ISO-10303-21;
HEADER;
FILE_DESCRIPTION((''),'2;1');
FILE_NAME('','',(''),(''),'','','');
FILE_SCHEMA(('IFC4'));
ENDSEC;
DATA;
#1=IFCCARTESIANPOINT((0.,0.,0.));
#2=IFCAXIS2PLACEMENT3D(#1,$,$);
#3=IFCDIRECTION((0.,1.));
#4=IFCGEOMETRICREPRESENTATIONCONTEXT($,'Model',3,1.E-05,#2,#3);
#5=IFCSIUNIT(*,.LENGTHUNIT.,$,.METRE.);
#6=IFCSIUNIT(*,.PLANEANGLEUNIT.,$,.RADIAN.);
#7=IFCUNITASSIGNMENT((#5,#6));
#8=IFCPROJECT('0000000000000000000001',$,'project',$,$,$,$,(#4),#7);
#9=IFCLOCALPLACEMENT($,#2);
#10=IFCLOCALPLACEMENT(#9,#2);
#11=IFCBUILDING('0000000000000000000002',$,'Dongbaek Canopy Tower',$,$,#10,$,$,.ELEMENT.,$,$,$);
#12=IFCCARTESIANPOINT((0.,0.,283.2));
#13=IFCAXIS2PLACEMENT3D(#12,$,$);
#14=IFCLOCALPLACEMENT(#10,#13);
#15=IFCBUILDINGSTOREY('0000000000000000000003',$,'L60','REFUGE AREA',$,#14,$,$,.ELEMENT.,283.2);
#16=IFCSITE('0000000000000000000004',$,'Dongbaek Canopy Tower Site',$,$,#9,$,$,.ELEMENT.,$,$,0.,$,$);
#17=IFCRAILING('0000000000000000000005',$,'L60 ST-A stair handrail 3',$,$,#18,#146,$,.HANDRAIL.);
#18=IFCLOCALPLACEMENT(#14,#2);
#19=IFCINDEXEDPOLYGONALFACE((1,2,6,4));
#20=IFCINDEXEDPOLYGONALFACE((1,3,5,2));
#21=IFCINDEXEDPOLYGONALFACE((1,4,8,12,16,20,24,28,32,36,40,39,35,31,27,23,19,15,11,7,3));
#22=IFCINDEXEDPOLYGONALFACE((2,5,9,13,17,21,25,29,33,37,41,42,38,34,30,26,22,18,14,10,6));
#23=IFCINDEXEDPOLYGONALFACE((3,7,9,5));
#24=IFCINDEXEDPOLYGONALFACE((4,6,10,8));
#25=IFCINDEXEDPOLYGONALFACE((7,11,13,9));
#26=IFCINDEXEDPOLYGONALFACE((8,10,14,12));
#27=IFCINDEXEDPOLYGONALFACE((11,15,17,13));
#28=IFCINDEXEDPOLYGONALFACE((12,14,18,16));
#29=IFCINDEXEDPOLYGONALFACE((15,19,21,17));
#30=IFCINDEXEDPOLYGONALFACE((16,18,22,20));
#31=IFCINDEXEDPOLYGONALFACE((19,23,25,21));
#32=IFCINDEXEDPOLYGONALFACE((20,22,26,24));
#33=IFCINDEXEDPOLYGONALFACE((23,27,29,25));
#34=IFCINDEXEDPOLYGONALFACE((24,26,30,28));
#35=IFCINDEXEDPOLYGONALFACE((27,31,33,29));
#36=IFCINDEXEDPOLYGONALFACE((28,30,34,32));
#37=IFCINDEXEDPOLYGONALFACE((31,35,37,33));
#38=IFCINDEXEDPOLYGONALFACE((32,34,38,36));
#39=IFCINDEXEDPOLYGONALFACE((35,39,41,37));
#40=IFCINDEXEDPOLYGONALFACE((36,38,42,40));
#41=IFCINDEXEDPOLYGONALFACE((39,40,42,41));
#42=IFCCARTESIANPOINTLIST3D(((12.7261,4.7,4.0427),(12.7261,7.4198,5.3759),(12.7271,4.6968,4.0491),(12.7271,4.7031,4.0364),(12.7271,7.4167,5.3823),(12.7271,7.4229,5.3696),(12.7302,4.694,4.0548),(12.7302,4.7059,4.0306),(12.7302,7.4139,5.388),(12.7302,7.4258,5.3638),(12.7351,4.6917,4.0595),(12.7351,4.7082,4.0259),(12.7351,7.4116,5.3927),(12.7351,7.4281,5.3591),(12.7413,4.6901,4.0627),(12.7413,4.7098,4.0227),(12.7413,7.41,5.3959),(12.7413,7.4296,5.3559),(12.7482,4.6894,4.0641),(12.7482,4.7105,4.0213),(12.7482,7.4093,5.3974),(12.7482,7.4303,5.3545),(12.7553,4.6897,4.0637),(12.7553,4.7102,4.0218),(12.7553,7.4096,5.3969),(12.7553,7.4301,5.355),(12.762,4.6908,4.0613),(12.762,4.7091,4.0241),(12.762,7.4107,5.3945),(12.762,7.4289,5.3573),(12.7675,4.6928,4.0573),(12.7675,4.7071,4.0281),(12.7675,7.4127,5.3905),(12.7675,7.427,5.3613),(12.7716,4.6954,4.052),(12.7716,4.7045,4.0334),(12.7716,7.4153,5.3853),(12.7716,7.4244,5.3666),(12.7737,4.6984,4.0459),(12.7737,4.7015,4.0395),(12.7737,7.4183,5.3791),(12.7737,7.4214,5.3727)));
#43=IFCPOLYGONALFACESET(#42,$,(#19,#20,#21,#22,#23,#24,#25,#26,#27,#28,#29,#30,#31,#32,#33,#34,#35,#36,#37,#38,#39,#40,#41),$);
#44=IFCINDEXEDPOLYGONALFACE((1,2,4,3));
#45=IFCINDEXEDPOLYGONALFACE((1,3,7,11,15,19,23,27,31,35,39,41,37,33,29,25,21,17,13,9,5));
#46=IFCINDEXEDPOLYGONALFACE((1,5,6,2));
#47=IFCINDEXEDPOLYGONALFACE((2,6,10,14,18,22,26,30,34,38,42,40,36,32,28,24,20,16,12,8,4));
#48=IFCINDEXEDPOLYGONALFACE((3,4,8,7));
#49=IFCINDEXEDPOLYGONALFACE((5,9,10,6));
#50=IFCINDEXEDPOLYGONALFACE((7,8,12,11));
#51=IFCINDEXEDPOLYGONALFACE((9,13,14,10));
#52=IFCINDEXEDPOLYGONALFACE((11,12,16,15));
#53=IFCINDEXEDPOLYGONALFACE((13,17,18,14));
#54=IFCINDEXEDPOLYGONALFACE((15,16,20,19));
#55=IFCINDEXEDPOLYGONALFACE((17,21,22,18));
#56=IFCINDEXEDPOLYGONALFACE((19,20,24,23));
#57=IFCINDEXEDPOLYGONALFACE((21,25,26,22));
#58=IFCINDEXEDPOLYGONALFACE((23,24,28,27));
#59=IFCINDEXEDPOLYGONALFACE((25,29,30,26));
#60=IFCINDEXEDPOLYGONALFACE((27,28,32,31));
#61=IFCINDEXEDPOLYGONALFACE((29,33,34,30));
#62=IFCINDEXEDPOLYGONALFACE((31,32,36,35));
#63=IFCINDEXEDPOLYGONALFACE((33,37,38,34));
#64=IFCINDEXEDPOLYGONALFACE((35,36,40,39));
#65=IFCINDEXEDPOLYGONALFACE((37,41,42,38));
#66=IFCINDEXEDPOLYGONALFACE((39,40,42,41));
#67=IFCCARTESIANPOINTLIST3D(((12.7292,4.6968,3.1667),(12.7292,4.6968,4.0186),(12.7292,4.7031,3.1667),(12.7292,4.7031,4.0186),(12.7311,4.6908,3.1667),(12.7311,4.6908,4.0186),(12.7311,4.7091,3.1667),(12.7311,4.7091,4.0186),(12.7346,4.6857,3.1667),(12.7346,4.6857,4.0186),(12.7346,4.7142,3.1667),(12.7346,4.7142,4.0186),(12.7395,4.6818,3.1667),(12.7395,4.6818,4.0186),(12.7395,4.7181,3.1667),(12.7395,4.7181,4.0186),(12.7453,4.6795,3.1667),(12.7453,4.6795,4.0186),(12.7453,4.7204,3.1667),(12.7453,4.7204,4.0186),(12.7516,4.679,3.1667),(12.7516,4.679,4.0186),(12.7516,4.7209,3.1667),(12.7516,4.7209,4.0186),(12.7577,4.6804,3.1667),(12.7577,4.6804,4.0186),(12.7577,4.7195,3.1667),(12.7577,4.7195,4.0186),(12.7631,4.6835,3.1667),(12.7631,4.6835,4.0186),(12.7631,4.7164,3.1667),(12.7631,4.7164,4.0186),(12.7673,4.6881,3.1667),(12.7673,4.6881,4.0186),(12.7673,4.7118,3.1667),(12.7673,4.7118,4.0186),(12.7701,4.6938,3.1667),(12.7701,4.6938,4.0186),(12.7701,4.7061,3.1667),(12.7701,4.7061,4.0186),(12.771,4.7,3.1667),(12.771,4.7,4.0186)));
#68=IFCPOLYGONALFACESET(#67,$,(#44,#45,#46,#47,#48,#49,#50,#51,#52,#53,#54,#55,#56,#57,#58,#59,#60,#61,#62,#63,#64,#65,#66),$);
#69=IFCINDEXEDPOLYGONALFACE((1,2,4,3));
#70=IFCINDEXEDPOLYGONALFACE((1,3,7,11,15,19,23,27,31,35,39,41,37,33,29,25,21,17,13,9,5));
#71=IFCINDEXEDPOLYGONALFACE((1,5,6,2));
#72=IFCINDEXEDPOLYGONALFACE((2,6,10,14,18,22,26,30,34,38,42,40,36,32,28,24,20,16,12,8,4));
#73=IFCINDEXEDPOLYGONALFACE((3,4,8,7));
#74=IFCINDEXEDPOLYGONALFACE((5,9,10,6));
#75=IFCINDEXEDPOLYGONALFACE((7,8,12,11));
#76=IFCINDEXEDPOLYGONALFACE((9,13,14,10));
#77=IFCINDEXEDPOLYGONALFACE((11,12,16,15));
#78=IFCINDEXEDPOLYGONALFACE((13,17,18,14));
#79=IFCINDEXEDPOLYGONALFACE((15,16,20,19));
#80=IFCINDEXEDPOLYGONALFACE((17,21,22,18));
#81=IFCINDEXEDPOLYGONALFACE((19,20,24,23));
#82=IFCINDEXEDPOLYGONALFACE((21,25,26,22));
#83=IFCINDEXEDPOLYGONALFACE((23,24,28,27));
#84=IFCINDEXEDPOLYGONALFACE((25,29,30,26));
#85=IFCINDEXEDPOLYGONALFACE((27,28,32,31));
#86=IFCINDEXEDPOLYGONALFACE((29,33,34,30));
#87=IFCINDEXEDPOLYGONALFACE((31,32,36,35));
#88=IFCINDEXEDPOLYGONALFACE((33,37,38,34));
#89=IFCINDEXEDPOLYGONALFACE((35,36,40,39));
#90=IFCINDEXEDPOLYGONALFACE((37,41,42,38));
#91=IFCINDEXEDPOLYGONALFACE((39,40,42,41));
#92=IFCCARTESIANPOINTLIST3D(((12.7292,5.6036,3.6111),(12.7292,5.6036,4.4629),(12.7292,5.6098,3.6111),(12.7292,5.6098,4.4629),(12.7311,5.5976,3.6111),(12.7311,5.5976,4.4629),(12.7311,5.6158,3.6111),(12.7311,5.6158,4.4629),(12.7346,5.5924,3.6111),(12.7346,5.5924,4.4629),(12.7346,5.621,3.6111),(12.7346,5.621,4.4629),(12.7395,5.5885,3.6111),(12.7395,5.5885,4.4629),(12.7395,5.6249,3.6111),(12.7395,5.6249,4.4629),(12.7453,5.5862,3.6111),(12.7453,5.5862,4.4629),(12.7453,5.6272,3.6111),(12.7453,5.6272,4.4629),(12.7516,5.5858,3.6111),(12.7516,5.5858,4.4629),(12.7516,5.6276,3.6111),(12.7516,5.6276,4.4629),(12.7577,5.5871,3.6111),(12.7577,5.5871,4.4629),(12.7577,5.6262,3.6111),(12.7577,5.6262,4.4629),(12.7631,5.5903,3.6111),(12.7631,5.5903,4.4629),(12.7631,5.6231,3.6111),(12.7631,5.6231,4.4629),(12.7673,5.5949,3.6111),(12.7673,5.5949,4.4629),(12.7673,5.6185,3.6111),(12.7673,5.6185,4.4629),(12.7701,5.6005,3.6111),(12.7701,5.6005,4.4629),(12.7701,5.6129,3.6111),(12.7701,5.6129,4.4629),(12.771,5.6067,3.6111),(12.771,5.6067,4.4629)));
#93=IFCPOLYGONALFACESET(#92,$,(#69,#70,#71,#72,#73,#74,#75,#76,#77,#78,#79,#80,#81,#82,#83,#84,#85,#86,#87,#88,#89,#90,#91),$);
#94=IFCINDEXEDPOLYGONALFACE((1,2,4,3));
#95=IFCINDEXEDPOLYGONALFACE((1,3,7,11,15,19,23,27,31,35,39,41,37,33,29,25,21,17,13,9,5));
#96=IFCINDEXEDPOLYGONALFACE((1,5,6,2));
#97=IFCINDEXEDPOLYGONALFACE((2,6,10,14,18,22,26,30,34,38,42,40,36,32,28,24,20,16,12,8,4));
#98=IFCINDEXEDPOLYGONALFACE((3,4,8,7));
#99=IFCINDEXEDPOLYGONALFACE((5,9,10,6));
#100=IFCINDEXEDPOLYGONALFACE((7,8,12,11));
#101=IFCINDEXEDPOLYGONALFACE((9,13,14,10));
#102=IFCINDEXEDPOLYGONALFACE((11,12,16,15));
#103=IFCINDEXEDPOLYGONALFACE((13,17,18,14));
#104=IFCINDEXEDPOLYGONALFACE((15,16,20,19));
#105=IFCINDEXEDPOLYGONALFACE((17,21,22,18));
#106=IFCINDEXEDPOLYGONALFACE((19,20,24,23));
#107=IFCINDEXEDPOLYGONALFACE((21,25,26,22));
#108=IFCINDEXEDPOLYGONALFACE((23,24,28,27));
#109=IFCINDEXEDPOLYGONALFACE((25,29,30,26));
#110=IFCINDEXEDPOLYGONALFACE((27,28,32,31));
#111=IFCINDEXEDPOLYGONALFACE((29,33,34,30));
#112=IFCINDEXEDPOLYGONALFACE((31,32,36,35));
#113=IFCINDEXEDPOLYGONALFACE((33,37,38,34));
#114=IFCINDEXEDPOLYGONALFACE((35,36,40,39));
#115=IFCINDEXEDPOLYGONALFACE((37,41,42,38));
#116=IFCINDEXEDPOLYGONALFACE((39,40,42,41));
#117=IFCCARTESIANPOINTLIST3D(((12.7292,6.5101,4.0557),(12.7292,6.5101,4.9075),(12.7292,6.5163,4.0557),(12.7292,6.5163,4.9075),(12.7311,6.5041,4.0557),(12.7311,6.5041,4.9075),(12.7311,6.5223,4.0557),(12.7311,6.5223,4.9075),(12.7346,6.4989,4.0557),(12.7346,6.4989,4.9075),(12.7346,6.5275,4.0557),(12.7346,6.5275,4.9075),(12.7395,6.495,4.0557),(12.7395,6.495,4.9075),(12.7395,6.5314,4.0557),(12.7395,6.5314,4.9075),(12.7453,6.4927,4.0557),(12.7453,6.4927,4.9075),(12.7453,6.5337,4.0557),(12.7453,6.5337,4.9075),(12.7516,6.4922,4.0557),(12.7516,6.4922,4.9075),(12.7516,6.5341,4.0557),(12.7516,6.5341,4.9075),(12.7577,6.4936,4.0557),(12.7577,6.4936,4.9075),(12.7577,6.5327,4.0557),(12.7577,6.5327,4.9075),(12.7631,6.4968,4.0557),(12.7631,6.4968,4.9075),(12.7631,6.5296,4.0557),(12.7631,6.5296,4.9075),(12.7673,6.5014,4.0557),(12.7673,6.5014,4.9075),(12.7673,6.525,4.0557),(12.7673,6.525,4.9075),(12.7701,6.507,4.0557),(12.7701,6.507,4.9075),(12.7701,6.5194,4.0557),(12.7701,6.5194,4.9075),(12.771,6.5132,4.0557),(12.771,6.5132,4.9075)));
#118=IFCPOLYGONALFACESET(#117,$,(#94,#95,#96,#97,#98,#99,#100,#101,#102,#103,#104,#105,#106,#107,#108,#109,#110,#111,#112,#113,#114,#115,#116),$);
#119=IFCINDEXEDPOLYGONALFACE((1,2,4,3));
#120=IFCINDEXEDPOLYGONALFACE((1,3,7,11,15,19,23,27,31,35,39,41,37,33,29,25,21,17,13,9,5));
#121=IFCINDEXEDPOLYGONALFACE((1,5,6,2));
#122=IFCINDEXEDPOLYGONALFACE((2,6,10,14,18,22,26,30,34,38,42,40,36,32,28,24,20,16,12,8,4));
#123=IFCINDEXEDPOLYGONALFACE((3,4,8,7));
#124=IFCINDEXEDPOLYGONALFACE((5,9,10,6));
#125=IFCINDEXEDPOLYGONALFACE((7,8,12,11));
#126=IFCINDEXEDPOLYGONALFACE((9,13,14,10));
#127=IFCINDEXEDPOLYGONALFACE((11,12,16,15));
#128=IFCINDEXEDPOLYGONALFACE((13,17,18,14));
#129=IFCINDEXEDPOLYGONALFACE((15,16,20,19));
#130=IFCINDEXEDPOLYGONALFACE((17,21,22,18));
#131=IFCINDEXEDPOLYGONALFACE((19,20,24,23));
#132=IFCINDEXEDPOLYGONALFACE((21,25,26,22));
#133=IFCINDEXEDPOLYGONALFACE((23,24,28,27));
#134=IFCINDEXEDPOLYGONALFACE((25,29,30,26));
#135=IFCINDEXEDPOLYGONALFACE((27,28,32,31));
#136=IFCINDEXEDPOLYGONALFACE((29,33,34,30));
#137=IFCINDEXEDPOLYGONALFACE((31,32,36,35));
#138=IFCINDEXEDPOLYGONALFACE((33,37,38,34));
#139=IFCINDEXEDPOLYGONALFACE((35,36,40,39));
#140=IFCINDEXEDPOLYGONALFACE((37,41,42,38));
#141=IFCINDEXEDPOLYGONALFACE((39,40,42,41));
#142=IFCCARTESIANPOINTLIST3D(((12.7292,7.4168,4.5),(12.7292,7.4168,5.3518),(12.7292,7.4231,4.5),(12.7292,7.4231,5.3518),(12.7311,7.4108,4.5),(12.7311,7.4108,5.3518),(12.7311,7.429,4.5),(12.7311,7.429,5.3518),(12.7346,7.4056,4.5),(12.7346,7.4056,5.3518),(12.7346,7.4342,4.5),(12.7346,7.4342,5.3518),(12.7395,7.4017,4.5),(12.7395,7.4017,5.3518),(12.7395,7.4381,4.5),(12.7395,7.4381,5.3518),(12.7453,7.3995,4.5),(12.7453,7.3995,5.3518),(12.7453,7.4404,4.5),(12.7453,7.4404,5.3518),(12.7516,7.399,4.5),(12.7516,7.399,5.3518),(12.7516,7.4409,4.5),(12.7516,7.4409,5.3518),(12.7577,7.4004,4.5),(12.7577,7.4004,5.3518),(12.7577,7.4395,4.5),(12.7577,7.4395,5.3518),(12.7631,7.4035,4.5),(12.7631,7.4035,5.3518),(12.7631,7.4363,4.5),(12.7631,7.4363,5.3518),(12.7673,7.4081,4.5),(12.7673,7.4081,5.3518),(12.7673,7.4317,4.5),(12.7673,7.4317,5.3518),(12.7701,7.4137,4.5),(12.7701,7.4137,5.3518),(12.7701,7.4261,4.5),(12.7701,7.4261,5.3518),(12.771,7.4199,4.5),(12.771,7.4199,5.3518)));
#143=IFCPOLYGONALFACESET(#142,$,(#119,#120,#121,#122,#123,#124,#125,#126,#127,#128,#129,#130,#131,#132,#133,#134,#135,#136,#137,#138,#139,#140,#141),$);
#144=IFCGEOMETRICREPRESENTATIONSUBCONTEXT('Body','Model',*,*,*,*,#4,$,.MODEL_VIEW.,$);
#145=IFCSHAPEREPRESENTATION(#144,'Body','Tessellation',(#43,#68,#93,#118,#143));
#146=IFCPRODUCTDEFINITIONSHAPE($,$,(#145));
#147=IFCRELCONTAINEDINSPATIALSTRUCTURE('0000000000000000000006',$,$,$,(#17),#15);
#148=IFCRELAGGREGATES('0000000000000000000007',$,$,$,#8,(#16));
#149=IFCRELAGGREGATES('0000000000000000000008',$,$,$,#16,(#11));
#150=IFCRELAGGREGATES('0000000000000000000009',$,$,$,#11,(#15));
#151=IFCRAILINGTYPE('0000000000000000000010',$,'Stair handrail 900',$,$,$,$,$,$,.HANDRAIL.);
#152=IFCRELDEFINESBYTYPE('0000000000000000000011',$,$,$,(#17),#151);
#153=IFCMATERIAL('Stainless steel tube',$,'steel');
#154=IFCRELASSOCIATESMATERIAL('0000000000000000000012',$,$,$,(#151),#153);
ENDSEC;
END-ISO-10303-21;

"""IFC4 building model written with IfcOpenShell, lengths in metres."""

from ifc_helpers import new_model, si_unit, direction, frame, origin, origin_2d, place, context, subcontext, project, spatial, circle, extrude, material, type_object, element, save


model = new_model("IFC4")

# Units and contexts
model_context = context("Model", 3, precision=1e-05, world=origin(), true_north=direction((0.0, 1.0)))
body_context = subcontext(model_context, "Body", "Model", "MODEL_VIEW")
ifc_project = project(units=[si_unit("LENGTHUNIT", "METRE"), si_unit("PLANEANGLEUNIT", "RADIAN")], contexts=[model_context])

# Site, building, storey
site_placement = place(None, origin())
site = spatial("IfcSite", under=ifc_project, at=site_placement, Name="Dongbaek Canopy Tower Site", CompositionType="ELEMENT", RefElevation=0.0)
building_placement = place(site_placement, origin())
building = spatial("IfcBuilding", under=site, at=building_placement, Name="Dongbaek Canopy Tower", CompositionType="ELEMENT")
storey_placement = place(building_placement, frame((0.0, 0.0, 283.2)))
storey = spatial("IfcBuildingStorey", under=building, at=storey_placement, Name="L60", Description="REFUGE AREA", CompositionType="ELEMENT", Elevation=283.2)

# Railing
ifc_material_1 = material(Name="Stainless steel tube", Category="steel")
railing_type_1 = type_object("IfcRailingType", Name="Stair handrail 900", PredefinedType="HANDRAIL", material=ifc_material_1)
for number, where, name in (
    (1, (12.75, 4.7, 3.1667), "L60 ST-A stair handrail 3"),
):
    element("IfcRailing", number, at=place(storey_placement, frame(where)), inside=storey, type_object=railing_type_1, Name=name, PredefinedType="HANDRAIL", context=body_context, shape_type="SweptSolid", body=[
        extrude(circle(Radius=0.0239, at=origin_2d()), frame((0.0, 0.0, 0.876), z_axis=(0.0, 0.897929, 0.440139), x_axis=(-1.0, 0.0, 0.0)), (0.0, 0.0, 1.0), 3.0291),
        extrude(circle(Radius=0.021, at=origin_2d()), origin(), (0.0, 0.0, 1.0), 0.8518),
        extrude(circle(Radius=0.021, at=origin_2d()), frame((0.0, 0.9067, 0.4443)), (0.0, 0.0, 1.0), 0.8518),
        extrude(circle(Radius=0.021, at=origin_2d()), frame((0.0, 1.8132, 0.8889)), (0.0, 0.0, 1.0), 0.8518),
        extrude(circle(Radius=0.021, at=origin_2d()), frame((0.0, 2.72, 1.3333)), (0.0, 0.0, 1.0), 0.8518),
    ])

save(model, "model.ifc")
